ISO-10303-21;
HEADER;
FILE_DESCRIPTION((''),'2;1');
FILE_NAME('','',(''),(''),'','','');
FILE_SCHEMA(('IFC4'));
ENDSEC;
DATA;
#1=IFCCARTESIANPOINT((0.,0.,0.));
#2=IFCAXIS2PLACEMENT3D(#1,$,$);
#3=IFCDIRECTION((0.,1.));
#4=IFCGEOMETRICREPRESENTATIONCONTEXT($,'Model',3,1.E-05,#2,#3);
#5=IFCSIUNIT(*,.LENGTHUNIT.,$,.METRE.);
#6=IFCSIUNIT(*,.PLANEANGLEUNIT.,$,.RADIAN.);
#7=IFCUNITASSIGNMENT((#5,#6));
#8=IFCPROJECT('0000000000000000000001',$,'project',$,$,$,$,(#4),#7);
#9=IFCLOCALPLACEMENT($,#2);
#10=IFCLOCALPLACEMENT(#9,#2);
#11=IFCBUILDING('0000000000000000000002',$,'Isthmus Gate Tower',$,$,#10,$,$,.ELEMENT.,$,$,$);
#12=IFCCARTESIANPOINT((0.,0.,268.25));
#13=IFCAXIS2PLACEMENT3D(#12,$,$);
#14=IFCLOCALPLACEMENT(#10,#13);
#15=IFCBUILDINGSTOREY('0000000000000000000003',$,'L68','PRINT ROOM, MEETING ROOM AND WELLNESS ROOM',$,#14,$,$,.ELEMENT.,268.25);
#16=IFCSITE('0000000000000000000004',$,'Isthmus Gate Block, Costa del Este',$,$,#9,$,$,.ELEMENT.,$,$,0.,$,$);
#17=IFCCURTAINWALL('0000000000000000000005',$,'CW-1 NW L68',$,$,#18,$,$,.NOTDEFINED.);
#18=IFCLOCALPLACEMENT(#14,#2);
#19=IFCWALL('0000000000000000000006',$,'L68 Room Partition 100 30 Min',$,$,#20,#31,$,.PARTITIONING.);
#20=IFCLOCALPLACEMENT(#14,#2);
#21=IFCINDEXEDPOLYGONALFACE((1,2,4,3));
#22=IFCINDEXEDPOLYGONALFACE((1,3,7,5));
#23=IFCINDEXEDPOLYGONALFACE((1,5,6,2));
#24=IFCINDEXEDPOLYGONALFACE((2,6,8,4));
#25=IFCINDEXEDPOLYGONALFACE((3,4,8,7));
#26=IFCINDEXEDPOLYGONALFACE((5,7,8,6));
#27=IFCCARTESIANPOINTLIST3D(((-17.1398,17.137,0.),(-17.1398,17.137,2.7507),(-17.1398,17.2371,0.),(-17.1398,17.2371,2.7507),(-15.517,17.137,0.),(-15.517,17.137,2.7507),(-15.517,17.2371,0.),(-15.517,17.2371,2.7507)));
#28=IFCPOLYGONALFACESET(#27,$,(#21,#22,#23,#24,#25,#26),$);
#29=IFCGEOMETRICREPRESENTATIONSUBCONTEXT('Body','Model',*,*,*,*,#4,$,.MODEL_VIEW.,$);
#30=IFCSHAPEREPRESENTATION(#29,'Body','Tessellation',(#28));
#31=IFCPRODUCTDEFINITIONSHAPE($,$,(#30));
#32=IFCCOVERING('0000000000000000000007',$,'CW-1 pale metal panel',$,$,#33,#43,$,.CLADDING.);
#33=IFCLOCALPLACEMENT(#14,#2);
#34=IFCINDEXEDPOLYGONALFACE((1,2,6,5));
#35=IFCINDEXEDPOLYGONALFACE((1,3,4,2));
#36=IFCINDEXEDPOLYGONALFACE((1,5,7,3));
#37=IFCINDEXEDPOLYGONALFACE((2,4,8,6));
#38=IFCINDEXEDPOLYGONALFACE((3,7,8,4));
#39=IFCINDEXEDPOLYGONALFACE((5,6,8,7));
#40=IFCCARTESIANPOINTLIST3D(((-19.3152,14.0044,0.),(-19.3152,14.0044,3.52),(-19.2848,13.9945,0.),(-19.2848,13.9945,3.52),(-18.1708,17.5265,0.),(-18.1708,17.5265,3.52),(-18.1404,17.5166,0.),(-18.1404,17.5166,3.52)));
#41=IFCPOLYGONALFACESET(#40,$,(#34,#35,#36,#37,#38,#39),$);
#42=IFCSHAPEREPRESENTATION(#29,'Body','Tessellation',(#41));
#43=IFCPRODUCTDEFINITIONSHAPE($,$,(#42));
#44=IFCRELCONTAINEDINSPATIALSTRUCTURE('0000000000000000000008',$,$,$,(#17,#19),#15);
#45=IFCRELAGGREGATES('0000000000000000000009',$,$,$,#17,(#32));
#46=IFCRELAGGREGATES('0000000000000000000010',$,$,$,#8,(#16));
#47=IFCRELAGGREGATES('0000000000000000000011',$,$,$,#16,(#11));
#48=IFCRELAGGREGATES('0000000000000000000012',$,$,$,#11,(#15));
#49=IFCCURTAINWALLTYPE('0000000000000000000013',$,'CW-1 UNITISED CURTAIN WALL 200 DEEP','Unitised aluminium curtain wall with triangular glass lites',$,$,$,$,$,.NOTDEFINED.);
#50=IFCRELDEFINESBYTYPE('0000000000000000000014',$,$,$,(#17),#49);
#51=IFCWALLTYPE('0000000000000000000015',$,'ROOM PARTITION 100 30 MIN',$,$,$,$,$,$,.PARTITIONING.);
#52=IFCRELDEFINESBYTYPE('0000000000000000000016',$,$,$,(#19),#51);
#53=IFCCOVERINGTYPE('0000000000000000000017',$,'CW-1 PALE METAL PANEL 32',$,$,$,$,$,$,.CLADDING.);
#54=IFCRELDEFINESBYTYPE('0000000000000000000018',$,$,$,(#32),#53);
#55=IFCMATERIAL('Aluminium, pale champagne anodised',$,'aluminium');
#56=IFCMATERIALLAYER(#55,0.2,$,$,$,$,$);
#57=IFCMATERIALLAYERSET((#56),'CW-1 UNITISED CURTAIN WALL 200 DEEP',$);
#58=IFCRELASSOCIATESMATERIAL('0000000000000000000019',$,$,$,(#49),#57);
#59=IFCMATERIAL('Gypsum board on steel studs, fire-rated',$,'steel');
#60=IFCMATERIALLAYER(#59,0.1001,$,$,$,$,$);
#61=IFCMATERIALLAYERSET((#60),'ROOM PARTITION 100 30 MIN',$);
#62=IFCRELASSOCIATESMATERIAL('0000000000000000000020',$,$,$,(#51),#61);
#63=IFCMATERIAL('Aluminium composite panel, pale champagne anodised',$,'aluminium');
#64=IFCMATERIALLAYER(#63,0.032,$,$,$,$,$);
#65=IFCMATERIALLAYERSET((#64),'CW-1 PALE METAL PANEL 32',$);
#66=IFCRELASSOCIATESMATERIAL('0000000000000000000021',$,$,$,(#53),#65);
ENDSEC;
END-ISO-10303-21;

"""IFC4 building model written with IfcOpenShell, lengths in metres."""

from ifc_helpers import new_model, si_unit, direction, frame, frame_2d, origin, origin_2d, place, context, subcontext, project, spatial, rectangle, extrude, material, layer, layer_set, type_object, element, aggregate, save


model = new_model("IFC4")

# Units and contexts
model_context = context("Model", 3, precision=1e-05, world=origin(), true_north=direction((0.0, 1.0)))
body_context = subcontext(model_context, "Body", "Model", "MODEL_VIEW")
ifc_project = project(units=[si_unit("LENGTHUNIT", "METRE"), si_unit("PLANEANGLEUNIT", "RADIAN")], contexts=[model_context])

# Site, building, storey
site_placement = place(None, origin())
site = spatial("IfcSite", under=ifc_project, at=site_placement, Name="Isthmus Gate Block, Costa del Este", CompositionType="ELEMENT", RefElevation=0.0)
building_placement = place(site_placement, origin())
building = spatial("IfcBuilding", under=site, at=building_placement, Name="Isthmus Gate Tower", CompositionType="ELEMENT")
storey_placement = place(building_placement, frame((0.0, 0.0, 268.25)))
storey = spatial("IfcBuildingStorey", under=building, at=storey_placement, Name="L68", Description="PRINT ROOM, MEETING ROOM AND WELLNESS ROOM", CompositionType="ELEMENT", Elevation=268.25)

# Shared definitions
ifc_material_1 = material(Name="Aluminium, pale champagne anodised", Category="aluminium")
ifc_layer_1 = layer(ifc_material_1, 0.2)
ifc_layer_set_1 = layer_set([ifc_layer_1], Name="CW-1 UNITISED CURTAIN WALL 200 DEEP")
curtain_wall_type = type_object("IfcCurtainWallType", Name="CW-1 UNITISED CURTAIN WALL 200 DEEP", Description="Unitised aluminium curtain wall with triangular glass lites", PredefinedType="NOTDEFINED", material=ifc_layer_set_1)

# Curtain wall
curtain_wall_1_placement = place(storey_placement, origin())
curtain_wall_1 = element("IfcCurtainWall", 1, at=curtain_wall_1_placement, inside=storey, type_object=curtain_wall_type, Name="CW-1 NW L68", PredefinedType="NOTDEFINED")

# Wall
ifc_material_2 = material(Name="Gypsum board on steel studs, fire-rated", Category="steel")
ifc_layer_2 = layer(ifc_material_2, 0.1001)
ifc_layer_set_2 = layer_set([ifc_layer_2], Name="ROOM PARTITION 100 30 MIN")
wall_type_1 = type_object("IfcWallType", Name="ROOM PARTITION 100 30 MIN", PredefinedType="PARTITIONING", material=ifc_layer_set_2)
wall_1_placement = place(storey_placement, frame((-17.1399, 17.187, 0.0), z_axis=(0.0, 0.0, 1.0), x_axis=(1.0, 0.0, 0.0)))
element("IfcWall", 2, at=wall_1_placement, inside=storey, type_object=wall_type_1, Name="L68 Room Partition 100 30 Min", PredefinedType="PARTITIONING", context=body_context, shape_type="SweptSolid", body=[
    extrude(rectangle(XDim=1.6228, YDim=0.1001, at=frame_2d((0.8115, 0.0))), origin(), (0.0, 0.0, 1.0), 2.7507),
])

# Covering
ifc_material_3 = material(Name="Aluminium composite panel, pale champagne anodised", Category="aluminium")
ifc_layer_3 = layer(ifc_material_3, 0.032)
ifc_layer_set_3 = layer_set([ifc_layer_3], Name="CW-1 PALE METAL PANEL 32")
covering_type = type_object("IfcCoveringType", Name="CW-1 PALE METAL PANEL 32", PredefinedType="CLADDING", material=ifc_layer_set_3)
covering_placement = place(storey_placement, frame((-18.7278, 15.7605, 0.0), z_axis=(0.0, 0.0, 1.0), x_axis=(-0.309017, -0.951057, 0.0)))
covering = element("IfcCovering", 3, at=covering_placement, type_object=covering_type, Name="CW-1 pale metal panel", PredefinedType="CLADDING", context=body_context, shape_type="SweptSolid", body=[
    extrude(rectangle(XDim=3.7034, YDim=0.032, at=origin_2d()), origin(), (0.0, 0.0, 1.0), 3.52),
])
aggregate(curtain_wall_1, [covering])

save(model, "model.ifc")
